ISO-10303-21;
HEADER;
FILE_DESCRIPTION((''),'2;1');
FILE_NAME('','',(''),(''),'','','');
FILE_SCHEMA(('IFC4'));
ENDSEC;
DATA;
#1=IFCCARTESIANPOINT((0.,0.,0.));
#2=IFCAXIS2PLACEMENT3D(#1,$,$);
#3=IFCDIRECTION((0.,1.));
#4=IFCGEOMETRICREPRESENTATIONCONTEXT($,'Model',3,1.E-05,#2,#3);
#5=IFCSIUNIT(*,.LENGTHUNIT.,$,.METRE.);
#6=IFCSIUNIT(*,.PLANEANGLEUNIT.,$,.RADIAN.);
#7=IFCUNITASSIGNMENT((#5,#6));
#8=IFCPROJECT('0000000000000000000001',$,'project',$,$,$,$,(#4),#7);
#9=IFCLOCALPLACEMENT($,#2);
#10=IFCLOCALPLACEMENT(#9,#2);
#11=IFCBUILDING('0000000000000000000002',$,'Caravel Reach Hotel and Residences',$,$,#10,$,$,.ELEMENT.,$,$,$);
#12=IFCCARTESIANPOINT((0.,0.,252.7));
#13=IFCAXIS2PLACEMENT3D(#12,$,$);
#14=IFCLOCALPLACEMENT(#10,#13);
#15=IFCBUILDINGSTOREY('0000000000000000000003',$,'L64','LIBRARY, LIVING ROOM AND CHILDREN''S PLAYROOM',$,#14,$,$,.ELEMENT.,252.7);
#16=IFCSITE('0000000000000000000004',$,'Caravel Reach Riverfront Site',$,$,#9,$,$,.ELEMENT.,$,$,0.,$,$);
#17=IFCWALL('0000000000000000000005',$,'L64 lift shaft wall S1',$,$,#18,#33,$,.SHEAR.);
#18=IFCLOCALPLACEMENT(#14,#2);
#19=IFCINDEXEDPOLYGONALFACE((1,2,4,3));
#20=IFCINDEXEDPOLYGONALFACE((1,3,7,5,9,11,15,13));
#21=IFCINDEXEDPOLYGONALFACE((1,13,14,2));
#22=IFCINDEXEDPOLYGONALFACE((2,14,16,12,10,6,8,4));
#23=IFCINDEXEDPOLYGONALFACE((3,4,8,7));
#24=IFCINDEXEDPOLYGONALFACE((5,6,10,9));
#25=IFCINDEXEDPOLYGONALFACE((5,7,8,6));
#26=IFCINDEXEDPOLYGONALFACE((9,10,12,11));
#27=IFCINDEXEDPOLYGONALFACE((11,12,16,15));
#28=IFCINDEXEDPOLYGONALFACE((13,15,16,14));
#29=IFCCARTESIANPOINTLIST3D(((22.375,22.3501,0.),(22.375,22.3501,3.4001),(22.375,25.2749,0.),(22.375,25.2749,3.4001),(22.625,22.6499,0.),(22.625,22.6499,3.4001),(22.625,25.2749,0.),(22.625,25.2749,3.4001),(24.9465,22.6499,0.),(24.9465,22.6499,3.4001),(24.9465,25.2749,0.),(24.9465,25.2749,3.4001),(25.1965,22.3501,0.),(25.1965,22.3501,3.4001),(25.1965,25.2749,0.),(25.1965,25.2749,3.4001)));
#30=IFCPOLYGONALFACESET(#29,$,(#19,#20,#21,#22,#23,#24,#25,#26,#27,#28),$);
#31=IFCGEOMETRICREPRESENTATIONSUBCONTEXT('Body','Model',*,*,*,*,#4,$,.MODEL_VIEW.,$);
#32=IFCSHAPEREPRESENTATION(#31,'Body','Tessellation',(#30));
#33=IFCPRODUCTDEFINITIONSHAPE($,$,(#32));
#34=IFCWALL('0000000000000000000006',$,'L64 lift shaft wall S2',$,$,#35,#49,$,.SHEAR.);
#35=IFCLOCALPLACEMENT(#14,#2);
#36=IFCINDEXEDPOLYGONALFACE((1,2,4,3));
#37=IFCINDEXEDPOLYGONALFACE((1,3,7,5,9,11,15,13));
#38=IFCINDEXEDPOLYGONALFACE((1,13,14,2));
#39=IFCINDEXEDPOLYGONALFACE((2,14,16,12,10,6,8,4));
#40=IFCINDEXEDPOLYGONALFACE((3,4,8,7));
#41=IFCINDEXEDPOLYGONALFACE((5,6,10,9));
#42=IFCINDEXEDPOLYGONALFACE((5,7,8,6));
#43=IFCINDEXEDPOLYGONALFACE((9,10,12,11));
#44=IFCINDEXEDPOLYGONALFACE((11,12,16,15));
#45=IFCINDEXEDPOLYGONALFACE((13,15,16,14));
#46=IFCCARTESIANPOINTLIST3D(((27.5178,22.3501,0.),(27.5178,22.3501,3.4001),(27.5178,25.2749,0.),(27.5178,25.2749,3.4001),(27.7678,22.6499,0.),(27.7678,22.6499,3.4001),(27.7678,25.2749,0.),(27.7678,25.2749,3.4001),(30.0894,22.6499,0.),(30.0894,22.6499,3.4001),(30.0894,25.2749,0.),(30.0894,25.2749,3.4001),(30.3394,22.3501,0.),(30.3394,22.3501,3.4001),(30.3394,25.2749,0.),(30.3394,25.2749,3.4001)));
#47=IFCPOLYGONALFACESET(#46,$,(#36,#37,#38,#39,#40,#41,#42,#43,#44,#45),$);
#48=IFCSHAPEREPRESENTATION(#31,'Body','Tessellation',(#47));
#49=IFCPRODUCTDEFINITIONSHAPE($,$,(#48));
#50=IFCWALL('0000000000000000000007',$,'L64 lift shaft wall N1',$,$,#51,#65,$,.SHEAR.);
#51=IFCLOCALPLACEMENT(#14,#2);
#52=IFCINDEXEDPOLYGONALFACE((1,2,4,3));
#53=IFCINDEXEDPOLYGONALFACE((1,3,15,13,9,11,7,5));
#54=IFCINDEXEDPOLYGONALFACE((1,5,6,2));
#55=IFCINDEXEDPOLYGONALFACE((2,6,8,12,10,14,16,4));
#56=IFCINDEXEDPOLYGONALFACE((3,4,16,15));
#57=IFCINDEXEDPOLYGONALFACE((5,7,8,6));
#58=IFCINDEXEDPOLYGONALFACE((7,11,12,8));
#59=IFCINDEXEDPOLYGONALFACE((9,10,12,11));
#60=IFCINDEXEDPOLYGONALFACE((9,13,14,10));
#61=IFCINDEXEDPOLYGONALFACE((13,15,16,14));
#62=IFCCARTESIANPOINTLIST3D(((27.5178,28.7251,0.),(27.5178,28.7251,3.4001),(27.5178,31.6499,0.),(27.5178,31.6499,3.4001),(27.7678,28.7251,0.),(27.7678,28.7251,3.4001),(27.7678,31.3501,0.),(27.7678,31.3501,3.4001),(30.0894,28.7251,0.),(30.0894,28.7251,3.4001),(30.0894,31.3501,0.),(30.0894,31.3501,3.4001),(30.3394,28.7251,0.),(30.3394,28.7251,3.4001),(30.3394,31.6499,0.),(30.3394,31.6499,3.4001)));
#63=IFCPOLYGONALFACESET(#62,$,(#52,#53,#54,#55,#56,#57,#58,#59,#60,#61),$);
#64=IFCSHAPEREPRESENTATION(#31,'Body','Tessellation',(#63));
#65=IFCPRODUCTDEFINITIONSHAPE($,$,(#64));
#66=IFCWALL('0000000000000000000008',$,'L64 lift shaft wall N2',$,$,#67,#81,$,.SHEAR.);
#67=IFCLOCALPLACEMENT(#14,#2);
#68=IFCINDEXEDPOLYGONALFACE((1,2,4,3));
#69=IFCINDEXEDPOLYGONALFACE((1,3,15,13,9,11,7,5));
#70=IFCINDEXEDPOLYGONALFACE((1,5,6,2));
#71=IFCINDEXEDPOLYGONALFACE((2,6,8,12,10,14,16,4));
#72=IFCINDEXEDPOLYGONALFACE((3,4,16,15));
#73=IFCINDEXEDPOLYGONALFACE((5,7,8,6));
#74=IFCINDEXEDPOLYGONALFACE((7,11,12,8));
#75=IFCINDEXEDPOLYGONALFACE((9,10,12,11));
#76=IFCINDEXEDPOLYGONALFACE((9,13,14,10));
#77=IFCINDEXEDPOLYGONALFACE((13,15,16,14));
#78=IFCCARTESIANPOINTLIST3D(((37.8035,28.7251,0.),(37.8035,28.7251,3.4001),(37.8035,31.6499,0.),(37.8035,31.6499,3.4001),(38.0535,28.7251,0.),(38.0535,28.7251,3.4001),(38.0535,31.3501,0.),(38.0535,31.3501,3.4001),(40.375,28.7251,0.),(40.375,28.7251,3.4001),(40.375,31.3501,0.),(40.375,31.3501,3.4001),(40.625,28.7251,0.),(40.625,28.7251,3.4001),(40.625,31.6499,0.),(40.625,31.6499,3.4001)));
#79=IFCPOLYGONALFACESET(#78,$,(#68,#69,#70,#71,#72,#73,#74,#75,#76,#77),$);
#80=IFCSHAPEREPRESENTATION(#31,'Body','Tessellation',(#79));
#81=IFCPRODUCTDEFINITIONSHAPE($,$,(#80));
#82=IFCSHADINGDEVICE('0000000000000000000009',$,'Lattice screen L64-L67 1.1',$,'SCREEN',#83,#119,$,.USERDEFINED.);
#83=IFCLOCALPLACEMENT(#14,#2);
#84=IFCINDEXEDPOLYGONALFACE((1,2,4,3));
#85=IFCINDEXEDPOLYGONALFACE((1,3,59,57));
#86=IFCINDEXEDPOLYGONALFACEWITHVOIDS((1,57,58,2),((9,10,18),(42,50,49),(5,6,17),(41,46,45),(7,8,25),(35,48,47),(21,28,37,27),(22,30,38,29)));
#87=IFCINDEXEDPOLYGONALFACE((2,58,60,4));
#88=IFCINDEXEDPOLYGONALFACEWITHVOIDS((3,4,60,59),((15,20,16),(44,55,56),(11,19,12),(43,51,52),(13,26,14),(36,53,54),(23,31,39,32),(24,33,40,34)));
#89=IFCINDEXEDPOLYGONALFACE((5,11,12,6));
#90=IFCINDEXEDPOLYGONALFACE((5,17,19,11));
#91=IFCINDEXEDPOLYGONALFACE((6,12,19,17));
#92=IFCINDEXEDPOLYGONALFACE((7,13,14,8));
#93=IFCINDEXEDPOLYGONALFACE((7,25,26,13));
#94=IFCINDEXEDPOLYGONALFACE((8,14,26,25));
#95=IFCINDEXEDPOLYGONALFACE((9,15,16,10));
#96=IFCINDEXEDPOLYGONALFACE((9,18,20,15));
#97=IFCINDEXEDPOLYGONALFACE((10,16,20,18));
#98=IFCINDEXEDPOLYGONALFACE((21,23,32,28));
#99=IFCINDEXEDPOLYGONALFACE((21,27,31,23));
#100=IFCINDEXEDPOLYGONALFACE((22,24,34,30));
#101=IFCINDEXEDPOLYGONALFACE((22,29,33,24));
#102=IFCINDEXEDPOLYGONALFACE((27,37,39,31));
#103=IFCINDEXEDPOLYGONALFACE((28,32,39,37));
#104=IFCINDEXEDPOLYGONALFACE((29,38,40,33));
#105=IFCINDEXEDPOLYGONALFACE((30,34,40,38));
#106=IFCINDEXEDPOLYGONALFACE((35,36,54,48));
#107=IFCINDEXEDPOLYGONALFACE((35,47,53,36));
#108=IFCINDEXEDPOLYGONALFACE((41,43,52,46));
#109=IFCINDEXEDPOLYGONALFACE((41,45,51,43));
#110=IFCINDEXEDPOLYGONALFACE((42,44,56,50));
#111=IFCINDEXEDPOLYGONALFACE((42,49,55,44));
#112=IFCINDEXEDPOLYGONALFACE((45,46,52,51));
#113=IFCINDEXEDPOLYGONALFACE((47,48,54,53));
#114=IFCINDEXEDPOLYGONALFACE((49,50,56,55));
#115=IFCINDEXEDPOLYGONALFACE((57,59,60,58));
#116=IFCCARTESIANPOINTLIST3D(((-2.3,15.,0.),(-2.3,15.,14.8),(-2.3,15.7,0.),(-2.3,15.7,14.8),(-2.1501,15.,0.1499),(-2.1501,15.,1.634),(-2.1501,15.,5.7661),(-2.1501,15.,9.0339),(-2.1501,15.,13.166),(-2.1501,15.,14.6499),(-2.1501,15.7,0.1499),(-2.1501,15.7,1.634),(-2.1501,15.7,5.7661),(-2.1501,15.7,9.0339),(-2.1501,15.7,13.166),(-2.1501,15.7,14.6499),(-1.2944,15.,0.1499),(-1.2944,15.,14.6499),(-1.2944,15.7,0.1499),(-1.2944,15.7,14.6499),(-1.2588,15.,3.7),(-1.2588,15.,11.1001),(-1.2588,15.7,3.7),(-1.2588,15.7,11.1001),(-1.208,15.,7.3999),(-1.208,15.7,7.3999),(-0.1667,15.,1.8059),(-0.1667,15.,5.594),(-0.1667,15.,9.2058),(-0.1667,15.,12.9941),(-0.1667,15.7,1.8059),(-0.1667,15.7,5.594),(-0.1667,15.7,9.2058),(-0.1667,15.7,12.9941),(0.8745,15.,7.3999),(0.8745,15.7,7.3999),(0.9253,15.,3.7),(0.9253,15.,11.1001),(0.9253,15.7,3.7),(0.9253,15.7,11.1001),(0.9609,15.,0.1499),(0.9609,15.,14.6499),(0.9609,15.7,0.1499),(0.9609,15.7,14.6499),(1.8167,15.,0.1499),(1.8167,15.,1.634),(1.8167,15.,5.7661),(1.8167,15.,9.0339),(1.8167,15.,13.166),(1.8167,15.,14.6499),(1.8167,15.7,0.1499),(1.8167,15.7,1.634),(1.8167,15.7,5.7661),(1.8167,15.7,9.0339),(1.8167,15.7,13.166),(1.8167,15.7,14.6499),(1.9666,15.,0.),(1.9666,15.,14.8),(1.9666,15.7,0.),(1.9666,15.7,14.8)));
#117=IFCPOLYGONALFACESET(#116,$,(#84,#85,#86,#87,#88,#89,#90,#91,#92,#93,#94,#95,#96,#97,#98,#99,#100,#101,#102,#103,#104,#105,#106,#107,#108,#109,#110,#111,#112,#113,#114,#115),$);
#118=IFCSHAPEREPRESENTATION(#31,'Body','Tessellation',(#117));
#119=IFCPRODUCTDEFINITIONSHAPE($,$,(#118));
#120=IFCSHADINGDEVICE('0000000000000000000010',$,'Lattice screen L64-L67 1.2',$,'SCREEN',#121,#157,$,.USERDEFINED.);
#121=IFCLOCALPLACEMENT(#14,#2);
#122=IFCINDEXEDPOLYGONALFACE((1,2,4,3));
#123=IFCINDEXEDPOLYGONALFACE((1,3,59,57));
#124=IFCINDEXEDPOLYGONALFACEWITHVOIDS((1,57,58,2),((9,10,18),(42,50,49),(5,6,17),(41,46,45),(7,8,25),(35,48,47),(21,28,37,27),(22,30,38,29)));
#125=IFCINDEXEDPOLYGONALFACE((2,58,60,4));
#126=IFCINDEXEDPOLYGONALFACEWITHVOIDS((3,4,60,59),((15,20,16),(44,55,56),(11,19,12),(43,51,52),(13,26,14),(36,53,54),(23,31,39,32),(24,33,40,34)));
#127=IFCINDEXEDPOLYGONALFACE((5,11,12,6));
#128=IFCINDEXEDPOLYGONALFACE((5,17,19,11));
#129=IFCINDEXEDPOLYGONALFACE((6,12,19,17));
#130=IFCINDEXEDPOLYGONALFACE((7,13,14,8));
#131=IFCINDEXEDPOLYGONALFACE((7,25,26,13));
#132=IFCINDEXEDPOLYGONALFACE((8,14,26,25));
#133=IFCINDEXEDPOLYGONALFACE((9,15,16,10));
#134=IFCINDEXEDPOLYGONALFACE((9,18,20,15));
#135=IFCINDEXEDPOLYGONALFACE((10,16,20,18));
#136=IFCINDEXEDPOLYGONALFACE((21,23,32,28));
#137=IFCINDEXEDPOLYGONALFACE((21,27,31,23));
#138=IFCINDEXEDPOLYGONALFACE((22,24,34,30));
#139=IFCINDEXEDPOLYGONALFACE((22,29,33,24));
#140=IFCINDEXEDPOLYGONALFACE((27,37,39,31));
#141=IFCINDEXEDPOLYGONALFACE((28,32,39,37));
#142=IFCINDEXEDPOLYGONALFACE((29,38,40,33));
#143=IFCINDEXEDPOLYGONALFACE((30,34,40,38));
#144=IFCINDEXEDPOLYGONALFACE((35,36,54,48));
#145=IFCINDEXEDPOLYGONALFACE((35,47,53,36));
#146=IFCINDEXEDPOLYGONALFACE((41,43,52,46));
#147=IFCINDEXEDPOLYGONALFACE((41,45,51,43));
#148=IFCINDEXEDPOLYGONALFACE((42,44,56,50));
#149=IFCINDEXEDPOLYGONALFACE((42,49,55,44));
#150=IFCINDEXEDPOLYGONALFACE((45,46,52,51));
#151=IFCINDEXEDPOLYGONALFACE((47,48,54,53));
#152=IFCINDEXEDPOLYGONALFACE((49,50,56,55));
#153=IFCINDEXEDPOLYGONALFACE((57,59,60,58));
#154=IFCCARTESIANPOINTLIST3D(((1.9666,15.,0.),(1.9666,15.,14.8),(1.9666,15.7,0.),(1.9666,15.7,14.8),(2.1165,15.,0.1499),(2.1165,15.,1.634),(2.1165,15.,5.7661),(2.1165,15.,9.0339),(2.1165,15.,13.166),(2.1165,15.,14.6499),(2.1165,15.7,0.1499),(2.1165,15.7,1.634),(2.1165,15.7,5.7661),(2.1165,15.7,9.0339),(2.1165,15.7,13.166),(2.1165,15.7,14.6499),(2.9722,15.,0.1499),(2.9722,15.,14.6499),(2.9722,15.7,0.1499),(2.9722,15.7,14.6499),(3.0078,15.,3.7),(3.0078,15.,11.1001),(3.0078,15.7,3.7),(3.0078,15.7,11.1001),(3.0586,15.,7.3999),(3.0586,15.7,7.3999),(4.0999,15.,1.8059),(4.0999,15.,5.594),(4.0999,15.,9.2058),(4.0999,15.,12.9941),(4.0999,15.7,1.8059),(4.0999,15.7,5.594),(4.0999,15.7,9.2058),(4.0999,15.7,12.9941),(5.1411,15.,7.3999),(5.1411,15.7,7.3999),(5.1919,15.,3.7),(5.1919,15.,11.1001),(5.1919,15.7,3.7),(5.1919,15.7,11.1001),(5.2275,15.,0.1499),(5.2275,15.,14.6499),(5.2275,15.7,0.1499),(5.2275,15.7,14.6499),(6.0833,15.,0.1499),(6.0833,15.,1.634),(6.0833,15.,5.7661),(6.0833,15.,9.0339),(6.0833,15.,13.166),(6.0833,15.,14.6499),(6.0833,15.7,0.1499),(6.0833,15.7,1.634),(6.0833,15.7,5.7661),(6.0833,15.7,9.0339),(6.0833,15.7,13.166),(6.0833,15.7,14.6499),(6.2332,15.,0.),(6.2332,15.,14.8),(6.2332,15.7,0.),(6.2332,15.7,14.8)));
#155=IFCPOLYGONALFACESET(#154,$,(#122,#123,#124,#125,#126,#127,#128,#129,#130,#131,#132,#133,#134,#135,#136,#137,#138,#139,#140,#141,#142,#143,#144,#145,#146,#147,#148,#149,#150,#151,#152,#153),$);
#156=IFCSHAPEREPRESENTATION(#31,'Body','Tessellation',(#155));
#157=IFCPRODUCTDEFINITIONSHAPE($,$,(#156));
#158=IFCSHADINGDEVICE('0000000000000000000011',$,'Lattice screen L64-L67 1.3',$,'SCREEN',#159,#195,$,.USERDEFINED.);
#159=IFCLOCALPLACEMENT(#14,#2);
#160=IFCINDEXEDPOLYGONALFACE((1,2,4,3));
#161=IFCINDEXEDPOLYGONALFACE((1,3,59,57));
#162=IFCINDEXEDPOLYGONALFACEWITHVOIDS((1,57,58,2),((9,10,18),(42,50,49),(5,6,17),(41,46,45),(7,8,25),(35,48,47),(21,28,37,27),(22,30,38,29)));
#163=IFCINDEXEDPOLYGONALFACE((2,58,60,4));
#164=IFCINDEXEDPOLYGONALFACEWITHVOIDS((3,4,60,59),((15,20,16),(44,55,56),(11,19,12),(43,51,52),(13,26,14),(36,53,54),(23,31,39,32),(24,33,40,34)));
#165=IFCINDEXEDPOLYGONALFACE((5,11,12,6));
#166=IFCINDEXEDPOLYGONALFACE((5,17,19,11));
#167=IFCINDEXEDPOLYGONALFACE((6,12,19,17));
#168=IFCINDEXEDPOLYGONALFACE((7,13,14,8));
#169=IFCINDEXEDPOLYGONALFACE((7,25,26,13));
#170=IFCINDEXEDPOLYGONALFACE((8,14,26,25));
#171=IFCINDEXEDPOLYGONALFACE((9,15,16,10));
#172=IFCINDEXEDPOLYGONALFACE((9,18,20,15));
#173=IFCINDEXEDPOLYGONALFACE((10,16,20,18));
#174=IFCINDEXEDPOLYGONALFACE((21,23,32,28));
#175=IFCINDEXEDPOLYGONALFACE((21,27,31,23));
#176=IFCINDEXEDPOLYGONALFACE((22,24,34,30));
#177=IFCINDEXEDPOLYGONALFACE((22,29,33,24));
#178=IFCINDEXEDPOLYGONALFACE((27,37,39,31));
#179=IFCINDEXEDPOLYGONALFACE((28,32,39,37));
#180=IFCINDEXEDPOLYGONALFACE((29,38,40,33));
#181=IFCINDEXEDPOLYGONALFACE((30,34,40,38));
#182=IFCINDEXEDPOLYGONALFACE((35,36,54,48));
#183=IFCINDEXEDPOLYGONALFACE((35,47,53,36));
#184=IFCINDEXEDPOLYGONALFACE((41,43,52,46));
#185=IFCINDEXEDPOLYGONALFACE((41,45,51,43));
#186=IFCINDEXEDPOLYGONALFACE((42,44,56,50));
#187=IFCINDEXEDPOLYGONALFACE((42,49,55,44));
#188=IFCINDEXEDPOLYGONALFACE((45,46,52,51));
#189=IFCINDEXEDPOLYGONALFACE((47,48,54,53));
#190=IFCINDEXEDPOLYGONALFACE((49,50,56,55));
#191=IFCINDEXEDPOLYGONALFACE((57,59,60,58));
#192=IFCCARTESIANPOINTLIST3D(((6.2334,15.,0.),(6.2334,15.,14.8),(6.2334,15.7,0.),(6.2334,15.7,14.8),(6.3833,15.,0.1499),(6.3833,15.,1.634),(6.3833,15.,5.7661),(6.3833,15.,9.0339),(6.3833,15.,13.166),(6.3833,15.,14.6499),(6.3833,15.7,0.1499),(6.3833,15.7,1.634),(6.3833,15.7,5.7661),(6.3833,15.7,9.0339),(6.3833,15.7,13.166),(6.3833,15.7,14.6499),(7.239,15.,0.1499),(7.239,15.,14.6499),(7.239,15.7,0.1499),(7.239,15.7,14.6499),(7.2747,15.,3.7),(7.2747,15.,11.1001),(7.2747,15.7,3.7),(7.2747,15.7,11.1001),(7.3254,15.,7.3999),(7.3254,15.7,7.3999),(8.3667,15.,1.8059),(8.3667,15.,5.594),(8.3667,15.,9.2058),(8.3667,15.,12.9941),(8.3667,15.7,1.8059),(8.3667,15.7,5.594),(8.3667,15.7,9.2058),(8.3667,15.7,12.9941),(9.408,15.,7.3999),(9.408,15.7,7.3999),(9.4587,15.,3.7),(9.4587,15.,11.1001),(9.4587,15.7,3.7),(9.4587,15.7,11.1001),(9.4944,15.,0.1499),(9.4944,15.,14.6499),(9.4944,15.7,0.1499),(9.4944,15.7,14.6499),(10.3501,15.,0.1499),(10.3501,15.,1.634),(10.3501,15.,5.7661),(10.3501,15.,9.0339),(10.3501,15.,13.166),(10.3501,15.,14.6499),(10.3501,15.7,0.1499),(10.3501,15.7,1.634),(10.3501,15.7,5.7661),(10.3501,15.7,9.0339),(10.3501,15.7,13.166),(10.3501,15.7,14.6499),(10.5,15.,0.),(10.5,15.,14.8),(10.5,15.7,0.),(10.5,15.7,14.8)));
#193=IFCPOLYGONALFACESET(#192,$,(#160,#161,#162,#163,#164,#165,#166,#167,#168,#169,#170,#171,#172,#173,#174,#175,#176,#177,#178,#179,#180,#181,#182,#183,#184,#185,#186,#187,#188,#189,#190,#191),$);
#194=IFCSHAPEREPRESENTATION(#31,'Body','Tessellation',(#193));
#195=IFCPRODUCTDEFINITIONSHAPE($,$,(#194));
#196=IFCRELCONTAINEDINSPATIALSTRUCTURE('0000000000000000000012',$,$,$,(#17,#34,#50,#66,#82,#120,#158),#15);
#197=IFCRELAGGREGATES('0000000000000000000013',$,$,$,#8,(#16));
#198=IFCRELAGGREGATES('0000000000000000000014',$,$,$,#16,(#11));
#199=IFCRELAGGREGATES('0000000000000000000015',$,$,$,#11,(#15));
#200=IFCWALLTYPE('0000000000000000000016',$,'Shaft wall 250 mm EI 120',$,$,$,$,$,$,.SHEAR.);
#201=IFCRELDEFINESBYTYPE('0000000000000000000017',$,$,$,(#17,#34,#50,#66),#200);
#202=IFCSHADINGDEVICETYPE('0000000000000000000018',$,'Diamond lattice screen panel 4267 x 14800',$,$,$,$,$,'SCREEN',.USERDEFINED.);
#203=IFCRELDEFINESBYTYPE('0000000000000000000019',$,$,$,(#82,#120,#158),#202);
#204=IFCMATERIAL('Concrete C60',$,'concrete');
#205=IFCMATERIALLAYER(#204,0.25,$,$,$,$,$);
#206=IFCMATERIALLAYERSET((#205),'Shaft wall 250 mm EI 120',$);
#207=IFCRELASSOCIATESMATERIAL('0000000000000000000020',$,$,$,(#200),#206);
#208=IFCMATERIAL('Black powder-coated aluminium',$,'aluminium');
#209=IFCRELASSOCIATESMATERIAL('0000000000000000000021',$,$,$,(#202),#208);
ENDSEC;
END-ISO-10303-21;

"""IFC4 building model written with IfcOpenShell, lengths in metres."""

from ifc_helpers import new_model, si_unit, direction, frame, origin, place, context, subcontext, project, spatial, polyline, outline, extrude, material, layer, layer_set, type_object, element, save


model = new_model("IFC4")

# Units and contexts
model_context = context("Model", 3, precision=1e-05, world=origin(), true_north=direction((0.0, 1.0)))
body_context = subcontext(model_context, "Body", "Model", "MODEL_VIEW")
ifc_project = project(units=[si_unit("LENGTHUNIT", "METRE"), si_unit("PLANEANGLEUNIT", "RADIAN")], contexts=[model_context])

# Site, building, storey
site_placement = place(None, origin())
site = spatial("IfcSite", under=ifc_project, at=site_placement, Name="Caravel Reach Riverfront Site", CompositionType="ELEMENT", RefElevation=0.0)
building_placement = place(site_placement, origin())
building = spatial("IfcBuilding", under=site, at=building_placement, Name="Caravel Reach Hotel and Residences", CompositionType="ELEMENT")
storey_placement = place(building_placement, frame((0.0, 0.0, 252.7)))
storey = spatial("IfcBuildingStorey", under=building, at=storey_placement, Name="L64", Description="LIBRARY, LIVING ROOM AND CHILDREN'S PLAYROOM", CompositionType="ELEMENT", Elevation=252.7)

# Walls
ifc_material_1 = material(Name="Concrete C60", Category="concrete")
ifc_layer_1 = layer(ifc_material_1, 0.25)
ifc_layer_set_1 = layer_set([ifc_layer_1], Name="Shaft wall 250 mm EI 120")
wall_type_1 = type_object("IfcWallType", Name="Shaft wall 250 mm EI 120", PredefinedType="SHEAR", material=ifc_layer_set_1)
wall_1_placement = place(storey_placement, origin())
element("IfcWall", 1, at=wall_1_placement, inside=storey, type_object=wall_type_1, Name="L64 lift shaft wall S1", PredefinedType="SHEAR", context=body_context, shape_type="SweptSolid", body=[
    extrude(outline(polyline([(22.375, 22.3501), (25.1965, 22.3501), (25.1965, 25.2749), (24.9465, 25.2749), (24.9465, 22.6499), (22.625, 22.6499), (22.625, 25.2749), (22.375, 25.2749), (22.375, 22.3501)])), origin(), (0.0, 0.0, 1.0), 3.4001),
])
wall_2_placement = place(storey_placement, origin())
element("IfcWall", 2, at=wall_2_placement, inside=storey, type_object=wall_type_1, Name="L64 lift shaft wall S2", PredefinedType="SHEAR", context=body_context, shape_type="SweptSolid", body=[
    extrude(outline(polyline([(27.5178, 22.3501), (30.3394, 22.3501), (30.3394, 25.2749), (30.0894, 25.2749), (30.0894, 22.6499), (27.7678, 22.6499), (27.7678, 25.2749), (27.5178, 25.2749), (27.5178, 22.3501)])), origin(), (0.0, 0.0, 1.0), 3.4001),
])
wall_3_placement = place(storey_placement, origin())
element("IfcWall", 3, at=wall_3_placement, inside=storey, type_object=wall_type_1, Name="L64 lift shaft wall N1", PredefinedType="SHEAR", context=body_context, shape_type="SweptSolid", body=[
    extrude(outline(polyline([(27.5178, 28.7251), (27.7678, 28.7251), (27.7678, 31.3501), (30.0894, 31.3501), (30.0894, 28.7251), (30.3394, 28.7251), (30.3394, 31.6499), (27.5178, 31.6499), (27.5178, 28.7251)])), origin(), (0.0, 0.0, 1.0), 3.4001),
])
wall_4_placement = place(storey_placement, origin())
element("IfcWall", 4, at=wall_4_placement, inside=storey, type_object=wall_type_1, Name="L64 lift shaft wall N2", PredefinedType="SHEAR", context=body_context, shape_type="SweptSolid", body=[
    extrude(outline(polyline([(37.8035, 28.7251), (38.0535, 28.7251), (38.0535, 31.3501), (40.375, 31.3501), (40.375, 28.7251), (40.625, 28.7251), (40.625, 31.6499), (37.8035, 31.6499), (37.8035, 28.7251)])), origin(), (0.0, 0.0, 1.0), 3.4001),
])

# Shading devices
ifc_material_2 = material(Name="Black powder-coated aluminium", Category="aluminium")
shading_device_type_1 = type_object("IfcShadingDeviceType", Name="Diamond lattice screen panel 4267 x 14800", ElementType="SCREEN", PredefinedType="USERDEFINED", material=ifc_material_2)
for number, where, z_axis, x_axis, name in (
    (5, (-2.3, 15.7, 0.0), (0.0, -1.0, 0.0), (1.0, 0.0, 0.0), "Lattice screen L64-L67 1.1"),
    (6, (1.9666, 15.7, 0.0), (0.0, -1.0, 0.0), (1.0, 0.0, 0.0), "Lattice screen L64-L67 1.2"),
    (7, (6.2334, 15.7, 0.0), (0.0, -1.0, 0.0), (1.0, 0.0, 0.0), "Lattice screen L64-L67 1.3"),
):
    element("IfcShadingDevice", number, at=place(storey_placement, frame(where, z_axis=z_axis, x_axis=x_axis)), inside=storey, type_object=shading_device_type_1, Name=name, ObjectType="SCREEN", PredefinedType="USERDEFINED", context=body_context, shape_type="SweptSolid", body=[
        extrude(outline(polyline([(0.0, 0.0), (4.2666, 0.0), (4.2666, 14.8), (0.0, 14.8), (0.0, 0.0)]), holes=[polyline([(1.0056, 0.1499), (0.1499, 1.634), (0.1499, 0.1499), (1.0056, 0.1499)]), polyline([(1.092, 7.3999), (0.1499, 9.0339), (0.1499, 5.7661), (1.092, 7.3999)]), polyline([(0.1499, 13.166), (1.0056, 14.6499), (0.1499, 14.6499), (0.1499, 13.166)]), polyline([(2.1333, 5.594), (1.0413, 3.7), (2.1333, 1.8059), (3.2253, 3.7), (2.1333, 5.594)]), polyline([(2.1333, 12.9941), (1.0413, 11.1001), (2.1333, 9.2058), (3.2253, 11.1001), (2.1333, 12.9941)]), polyline([(4.1167, 1.634), (3.261, 0.1499), (4.1167, 0.1499), (4.1167, 1.634)]), polyline([(3.1746, 7.3999), (4.1167, 5.7661), (4.1167, 9.0339), (3.1746, 7.3999)]), polyline([(3.261, 14.6499), (4.1167, 13.166), (4.1167, 14.6499), (3.261, 14.6499)])]), origin(), (0.0, 0.0, 1.0), 0.7),
    ])

save(model, "model.ifc")
